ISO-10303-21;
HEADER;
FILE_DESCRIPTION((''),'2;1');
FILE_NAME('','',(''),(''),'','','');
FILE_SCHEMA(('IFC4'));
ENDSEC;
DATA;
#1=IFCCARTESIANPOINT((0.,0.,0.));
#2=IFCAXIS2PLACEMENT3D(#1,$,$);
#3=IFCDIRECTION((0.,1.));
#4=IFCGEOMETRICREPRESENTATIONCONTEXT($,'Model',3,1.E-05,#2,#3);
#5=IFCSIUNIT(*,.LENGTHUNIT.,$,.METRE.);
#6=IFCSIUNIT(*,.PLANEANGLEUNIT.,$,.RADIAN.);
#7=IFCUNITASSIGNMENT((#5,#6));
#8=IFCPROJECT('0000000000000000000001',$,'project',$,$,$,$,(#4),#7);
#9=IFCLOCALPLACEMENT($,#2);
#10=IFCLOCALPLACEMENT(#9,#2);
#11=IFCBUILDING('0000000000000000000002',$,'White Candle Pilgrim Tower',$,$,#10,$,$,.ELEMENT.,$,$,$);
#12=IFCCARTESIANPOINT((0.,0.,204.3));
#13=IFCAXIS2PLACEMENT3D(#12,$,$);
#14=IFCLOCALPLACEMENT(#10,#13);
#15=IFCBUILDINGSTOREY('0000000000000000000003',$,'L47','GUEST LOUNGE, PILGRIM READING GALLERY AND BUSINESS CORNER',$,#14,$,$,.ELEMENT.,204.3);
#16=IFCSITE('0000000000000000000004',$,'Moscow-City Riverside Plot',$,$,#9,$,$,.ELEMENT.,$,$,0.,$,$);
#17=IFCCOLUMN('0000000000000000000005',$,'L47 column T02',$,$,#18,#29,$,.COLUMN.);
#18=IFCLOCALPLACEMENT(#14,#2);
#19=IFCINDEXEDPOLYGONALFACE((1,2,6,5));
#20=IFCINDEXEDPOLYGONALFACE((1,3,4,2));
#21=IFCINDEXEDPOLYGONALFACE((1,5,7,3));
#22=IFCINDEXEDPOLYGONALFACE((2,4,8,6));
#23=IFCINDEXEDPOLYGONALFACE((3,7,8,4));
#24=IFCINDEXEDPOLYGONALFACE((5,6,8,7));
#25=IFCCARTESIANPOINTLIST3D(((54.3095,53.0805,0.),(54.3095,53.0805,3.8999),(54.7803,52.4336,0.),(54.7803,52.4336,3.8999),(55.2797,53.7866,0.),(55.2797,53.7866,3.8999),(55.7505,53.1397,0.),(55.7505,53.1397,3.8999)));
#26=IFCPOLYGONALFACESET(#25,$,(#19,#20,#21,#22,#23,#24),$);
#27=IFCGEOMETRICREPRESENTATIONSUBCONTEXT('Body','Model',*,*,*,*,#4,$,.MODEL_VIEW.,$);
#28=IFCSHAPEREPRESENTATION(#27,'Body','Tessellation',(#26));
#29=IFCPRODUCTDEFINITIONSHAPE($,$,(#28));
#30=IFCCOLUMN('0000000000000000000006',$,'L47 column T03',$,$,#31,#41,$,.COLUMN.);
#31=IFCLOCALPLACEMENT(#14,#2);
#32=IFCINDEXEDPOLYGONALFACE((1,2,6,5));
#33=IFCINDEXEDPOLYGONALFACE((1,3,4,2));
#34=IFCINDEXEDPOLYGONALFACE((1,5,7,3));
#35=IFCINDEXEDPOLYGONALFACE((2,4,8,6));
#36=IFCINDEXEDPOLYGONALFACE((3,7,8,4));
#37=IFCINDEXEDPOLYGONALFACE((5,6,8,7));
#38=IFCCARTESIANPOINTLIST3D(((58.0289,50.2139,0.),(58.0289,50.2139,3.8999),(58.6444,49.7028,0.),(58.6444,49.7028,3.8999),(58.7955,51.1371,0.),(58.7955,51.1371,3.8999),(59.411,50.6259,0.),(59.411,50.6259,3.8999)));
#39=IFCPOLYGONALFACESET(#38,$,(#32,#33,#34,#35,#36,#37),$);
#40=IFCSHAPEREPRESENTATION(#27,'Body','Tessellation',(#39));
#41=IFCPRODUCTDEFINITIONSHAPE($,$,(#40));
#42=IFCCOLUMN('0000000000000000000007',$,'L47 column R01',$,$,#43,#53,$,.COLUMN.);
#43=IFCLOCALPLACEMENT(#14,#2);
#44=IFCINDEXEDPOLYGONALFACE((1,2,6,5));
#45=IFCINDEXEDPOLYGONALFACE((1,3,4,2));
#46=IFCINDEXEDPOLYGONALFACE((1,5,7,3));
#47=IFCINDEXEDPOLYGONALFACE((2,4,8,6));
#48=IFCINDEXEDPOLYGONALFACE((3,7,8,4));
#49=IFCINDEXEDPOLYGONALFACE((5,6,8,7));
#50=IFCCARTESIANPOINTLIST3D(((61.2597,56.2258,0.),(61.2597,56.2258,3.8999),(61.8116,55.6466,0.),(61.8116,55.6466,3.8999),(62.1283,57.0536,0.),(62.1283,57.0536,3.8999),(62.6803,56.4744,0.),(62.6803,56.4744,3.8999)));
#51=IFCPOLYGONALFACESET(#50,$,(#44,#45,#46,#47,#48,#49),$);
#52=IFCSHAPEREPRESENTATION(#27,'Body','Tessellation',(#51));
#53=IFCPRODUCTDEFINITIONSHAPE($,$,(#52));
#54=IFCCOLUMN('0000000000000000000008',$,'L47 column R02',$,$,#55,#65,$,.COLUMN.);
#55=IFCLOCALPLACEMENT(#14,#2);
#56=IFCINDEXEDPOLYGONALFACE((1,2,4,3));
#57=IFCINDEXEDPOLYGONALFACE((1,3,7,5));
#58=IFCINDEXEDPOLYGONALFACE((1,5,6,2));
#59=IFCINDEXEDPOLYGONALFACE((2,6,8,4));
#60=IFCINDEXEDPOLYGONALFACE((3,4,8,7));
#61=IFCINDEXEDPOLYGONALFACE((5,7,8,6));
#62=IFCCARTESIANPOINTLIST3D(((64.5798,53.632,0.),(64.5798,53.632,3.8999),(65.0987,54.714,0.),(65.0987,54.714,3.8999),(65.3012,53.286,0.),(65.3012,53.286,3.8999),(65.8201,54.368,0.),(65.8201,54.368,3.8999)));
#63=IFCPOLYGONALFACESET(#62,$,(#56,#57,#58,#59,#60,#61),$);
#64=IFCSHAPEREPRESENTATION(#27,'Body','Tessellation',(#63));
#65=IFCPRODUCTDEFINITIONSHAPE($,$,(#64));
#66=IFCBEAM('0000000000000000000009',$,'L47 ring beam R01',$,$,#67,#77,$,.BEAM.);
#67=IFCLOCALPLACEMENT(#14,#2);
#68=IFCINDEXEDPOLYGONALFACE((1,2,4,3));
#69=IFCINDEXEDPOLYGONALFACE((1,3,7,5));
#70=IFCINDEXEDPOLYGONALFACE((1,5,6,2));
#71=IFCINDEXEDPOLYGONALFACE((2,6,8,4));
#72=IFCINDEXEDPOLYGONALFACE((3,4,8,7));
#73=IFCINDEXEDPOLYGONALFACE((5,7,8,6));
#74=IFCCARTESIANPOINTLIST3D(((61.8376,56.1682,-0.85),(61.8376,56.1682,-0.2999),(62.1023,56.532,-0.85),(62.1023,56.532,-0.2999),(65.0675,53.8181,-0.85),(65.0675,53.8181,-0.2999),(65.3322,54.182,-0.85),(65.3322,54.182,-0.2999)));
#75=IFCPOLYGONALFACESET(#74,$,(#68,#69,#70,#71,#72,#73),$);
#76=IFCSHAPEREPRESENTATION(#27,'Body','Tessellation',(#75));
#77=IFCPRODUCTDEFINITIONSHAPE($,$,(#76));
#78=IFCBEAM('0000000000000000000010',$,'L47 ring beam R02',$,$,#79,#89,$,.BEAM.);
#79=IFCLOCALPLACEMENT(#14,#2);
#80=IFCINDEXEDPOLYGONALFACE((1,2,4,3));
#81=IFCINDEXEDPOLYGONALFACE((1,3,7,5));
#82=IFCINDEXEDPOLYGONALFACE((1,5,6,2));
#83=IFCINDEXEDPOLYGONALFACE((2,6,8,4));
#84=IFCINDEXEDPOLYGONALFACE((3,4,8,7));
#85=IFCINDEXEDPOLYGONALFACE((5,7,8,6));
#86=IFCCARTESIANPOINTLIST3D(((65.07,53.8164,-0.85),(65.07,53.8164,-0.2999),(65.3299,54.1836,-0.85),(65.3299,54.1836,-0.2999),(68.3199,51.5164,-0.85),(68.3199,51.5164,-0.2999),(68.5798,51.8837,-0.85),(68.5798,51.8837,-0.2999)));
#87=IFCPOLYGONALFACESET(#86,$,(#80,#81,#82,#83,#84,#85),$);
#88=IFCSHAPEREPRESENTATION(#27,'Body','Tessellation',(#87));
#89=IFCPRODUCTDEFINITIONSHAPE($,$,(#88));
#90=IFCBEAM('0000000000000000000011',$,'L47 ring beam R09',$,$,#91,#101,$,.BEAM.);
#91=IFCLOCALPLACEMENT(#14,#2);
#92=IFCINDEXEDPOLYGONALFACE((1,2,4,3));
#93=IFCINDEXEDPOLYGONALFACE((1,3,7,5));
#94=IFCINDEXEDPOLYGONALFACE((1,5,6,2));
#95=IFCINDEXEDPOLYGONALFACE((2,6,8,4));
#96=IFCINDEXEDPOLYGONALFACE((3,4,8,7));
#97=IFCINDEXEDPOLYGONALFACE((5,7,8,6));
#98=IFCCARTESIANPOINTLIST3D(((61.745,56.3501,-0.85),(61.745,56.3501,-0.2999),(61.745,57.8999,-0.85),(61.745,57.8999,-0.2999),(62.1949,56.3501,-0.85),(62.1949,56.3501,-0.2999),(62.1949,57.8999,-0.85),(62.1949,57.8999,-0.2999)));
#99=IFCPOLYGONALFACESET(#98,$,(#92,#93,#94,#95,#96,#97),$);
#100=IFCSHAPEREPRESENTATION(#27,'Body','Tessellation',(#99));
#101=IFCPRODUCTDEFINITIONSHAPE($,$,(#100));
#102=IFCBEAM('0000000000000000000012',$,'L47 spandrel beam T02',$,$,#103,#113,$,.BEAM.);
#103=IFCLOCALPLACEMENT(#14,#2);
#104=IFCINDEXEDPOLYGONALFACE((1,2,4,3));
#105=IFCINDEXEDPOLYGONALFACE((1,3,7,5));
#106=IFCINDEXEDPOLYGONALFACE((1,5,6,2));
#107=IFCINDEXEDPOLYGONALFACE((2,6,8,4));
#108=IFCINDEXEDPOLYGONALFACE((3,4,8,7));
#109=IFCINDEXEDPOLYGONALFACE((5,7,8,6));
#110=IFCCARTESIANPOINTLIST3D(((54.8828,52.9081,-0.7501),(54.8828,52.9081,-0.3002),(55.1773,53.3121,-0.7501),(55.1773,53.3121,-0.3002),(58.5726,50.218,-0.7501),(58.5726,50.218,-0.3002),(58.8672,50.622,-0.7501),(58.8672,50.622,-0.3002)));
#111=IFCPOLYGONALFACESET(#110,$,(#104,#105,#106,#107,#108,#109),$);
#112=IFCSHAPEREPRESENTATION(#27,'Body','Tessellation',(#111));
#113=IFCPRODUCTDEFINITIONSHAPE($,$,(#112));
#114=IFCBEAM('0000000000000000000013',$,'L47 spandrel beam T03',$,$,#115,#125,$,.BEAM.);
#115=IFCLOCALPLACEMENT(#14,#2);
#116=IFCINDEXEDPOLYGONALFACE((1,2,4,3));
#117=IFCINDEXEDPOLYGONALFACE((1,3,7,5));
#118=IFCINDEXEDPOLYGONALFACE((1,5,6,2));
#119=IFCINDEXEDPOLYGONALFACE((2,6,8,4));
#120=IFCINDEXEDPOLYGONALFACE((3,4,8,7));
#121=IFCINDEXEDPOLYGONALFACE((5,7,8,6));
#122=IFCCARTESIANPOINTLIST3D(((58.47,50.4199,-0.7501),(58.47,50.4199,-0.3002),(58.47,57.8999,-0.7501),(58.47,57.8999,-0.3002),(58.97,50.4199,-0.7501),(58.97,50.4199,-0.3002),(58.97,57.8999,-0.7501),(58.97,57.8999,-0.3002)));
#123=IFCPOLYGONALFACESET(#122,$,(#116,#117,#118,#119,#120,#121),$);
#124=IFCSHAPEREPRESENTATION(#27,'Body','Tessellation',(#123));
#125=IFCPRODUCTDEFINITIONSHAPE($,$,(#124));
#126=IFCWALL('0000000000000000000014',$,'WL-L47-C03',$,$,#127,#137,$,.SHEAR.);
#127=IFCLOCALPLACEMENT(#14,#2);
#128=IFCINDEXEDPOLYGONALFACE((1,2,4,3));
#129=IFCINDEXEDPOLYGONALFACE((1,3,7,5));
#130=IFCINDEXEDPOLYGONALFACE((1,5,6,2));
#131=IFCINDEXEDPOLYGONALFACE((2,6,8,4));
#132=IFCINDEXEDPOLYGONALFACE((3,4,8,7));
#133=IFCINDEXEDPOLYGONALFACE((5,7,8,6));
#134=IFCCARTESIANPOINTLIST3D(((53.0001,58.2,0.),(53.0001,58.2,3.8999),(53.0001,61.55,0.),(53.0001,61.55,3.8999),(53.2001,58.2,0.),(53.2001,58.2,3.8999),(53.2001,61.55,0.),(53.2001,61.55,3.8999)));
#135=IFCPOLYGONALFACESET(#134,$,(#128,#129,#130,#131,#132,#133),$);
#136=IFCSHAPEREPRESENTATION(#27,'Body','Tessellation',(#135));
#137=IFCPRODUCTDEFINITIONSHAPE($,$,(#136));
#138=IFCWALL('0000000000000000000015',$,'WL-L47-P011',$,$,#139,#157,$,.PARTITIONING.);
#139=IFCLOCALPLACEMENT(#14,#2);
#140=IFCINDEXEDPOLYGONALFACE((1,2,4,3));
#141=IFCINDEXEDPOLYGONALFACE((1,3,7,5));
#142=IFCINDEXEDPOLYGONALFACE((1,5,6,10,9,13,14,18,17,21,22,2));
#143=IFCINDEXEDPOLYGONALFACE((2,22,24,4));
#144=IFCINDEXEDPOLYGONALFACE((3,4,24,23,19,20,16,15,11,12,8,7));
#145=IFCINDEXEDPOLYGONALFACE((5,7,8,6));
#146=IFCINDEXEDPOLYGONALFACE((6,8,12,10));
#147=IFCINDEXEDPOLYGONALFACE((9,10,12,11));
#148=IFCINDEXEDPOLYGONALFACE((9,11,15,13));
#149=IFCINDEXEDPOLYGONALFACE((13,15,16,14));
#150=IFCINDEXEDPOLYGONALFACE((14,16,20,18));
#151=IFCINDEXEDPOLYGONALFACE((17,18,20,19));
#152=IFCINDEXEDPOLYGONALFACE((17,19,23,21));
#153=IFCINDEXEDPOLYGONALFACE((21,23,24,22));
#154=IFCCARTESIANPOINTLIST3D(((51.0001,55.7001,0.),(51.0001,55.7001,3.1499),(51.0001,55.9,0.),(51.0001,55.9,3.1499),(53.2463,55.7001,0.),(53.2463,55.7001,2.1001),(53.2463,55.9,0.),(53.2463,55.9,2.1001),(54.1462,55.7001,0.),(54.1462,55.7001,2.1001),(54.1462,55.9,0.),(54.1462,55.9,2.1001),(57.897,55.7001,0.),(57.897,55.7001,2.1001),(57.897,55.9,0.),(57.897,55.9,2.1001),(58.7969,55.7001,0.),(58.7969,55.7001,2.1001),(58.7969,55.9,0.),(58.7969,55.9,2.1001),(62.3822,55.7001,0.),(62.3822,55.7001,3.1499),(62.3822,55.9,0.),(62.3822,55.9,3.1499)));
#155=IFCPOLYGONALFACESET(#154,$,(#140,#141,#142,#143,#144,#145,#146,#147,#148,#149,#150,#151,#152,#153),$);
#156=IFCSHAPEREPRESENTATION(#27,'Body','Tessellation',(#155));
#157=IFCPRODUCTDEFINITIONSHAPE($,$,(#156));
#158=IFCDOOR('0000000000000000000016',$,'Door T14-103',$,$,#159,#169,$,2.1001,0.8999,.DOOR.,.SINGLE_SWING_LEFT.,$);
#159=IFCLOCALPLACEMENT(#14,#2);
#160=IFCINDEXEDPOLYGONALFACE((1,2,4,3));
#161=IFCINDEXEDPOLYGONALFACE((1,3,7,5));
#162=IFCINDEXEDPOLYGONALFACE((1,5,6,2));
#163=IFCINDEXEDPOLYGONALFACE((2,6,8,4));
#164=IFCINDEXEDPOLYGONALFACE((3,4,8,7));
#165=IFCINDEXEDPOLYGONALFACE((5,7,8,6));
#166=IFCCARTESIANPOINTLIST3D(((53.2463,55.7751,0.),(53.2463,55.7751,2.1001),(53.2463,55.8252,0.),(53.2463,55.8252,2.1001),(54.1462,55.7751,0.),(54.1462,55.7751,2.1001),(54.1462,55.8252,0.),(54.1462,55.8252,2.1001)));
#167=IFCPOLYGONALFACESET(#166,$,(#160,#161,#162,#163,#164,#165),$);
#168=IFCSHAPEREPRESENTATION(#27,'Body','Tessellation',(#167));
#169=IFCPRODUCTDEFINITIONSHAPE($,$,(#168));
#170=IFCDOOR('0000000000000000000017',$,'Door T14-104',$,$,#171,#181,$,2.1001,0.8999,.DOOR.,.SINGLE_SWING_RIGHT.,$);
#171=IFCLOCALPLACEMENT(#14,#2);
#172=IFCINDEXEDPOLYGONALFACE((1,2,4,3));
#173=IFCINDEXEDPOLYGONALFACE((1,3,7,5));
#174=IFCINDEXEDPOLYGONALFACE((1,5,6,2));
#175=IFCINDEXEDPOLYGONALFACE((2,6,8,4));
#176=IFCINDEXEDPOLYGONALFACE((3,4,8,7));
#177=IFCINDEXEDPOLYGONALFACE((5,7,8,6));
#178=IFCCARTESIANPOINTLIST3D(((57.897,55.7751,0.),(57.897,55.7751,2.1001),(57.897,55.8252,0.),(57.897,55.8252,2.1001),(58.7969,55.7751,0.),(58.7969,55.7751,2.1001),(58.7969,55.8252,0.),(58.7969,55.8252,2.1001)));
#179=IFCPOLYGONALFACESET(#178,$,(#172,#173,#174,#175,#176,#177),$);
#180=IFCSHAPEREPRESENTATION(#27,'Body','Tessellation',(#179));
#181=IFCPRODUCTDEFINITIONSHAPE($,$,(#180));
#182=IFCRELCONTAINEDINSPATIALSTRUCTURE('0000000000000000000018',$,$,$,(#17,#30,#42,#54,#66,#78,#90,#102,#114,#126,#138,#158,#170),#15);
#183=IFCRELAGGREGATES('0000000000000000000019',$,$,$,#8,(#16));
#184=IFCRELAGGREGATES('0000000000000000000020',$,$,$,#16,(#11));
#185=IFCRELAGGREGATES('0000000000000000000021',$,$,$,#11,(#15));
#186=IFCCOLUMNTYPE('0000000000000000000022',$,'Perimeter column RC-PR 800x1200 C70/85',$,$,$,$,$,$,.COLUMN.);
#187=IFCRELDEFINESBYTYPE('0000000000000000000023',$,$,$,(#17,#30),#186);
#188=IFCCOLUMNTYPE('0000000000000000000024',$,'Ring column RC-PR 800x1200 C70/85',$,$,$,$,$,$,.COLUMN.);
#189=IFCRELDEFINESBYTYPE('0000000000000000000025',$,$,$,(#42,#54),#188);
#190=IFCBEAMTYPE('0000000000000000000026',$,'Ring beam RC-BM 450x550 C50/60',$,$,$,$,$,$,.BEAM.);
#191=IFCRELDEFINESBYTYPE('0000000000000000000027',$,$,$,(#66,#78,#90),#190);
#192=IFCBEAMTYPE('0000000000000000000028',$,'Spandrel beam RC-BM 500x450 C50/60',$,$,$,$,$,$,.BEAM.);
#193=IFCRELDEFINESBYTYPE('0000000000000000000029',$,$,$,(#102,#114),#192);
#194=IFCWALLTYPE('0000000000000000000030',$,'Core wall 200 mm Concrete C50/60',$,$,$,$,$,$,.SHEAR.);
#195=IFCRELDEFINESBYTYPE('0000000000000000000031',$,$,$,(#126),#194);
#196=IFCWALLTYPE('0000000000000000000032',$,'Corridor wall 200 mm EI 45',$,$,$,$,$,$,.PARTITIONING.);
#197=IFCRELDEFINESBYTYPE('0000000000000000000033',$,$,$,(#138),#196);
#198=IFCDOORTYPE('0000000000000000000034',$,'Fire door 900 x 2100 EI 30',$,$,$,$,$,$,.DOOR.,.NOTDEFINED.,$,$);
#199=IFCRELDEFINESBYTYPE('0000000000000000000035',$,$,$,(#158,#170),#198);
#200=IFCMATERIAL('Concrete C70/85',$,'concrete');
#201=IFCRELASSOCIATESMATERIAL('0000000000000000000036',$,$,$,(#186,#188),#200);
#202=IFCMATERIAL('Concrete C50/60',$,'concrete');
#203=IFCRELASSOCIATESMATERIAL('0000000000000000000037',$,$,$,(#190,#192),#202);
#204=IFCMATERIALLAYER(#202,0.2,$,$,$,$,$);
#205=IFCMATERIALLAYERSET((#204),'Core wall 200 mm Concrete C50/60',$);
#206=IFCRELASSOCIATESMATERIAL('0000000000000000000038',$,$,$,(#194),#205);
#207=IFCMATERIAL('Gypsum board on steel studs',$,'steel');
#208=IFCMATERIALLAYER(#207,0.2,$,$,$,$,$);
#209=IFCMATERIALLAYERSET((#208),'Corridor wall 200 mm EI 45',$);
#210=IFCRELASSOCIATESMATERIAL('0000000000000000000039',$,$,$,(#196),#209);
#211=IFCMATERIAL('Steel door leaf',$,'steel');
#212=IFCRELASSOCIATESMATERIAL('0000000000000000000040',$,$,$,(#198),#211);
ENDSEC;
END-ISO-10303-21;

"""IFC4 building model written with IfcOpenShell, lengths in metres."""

from ifc_helpers import new_model, si_unit, direction, frame, frame_2d, origin, origin_2d, place, context, subcontext, project, spatial, rectangle, extrude, material, layer, layer_set, material_profile, profile_set, type_object, element, fill, save


model = new_model("IFC4")

# Units and contexts
model_context = context("Model", 3, precision=1e-05, world=origin(), true_north=direction((0.0, 1.0)))
body_context = subcontext(model_context, "Body", "Model", "MODEL_VIEW")
ifc_project = project(units=[si_unit("LENGTHUNIT", "METRE"), si_unit("PLANEANGLEUNIT", "RADIAN")], contexts=[model_context])

# Site, building, storey
site_placement = place(None, origin())
site = spatial("IfcSite", under=ifc_project, at=site_placement, Name="Moscow-City Riverside Plot", CompositionType="ELEMENT", RefElevation=0.0)
building_placement = place(site_placement, origin())
building = spatial("IfcBuilding", under=site, at=building_placement, Name="White Candle Pilgrim Tower", CompositionType="ELEMENT")
storey_placement = place(building_placement, frame((0.0, 0.0, 204.3)))
storey = spatial("IfcBuildingStorey", under=building, at=storey_placement, Name="L47", Description="GUEST LOUNGE, PILGRIM READING GALLERY AND BUSINESS CORNER", CompositionType="ELEMENT", Elevation=204.3)

# Columns
ifc_material_1 = material(Name="Concrete C70/85", Category="concrete")
ifc_material_profile_1 = material_profile(ifc_material_1, rectangle(XDim=0.8, YDim=1.2, at=origin_2d()), Name="RC-PR 800x1200")
ifc_profile_set_1 = profile_set([ifc_material_profile_1], Name="Concrete C70/85")
column_type_1 = type_object("IfcColumnType", Name="Perimeter column RC-PR 800x1200 C70/85", PredefinedType="COLUMN", material=ifc_profile_set_1)
for number, where, z_axis, x_axis, name in (
    (1, (55.03, 53.1101, 0.0), (0.0, 0.0, 1.0), (-0.588463, 0.808524, 0.0), "L47 column T02"),
    (2, (58.72, 50.4199, 0.0), (0.0, 0.0, 1.0), (-0.76931, 0.638875, 0.0), "L47 column T03"),
):
    element("IfcColumn", number, at=place(storey_placement, frame(where, z_axis=z_axis, x_axis=x_axis)), inside=storey, type_object=column_type_1, Name=name, PredefinedType="COLUMN", context=body_context, shape_type="SweptSolid", body=[
        extrude(rectangle(XDim=0.8, YDim=1.2, at=origin_2d()), origin(), (0.0, 0.0, 1.0), 3.8999),
    ])
ifc_material_profile_2 = material_profile(ifc_material_1, rectangle(XDim=0.8, YDim=1.2, at=origin_2d()), Name="RC-PR 800x1200")
ifc_profile_set_2 = profile_set([ifc_material_profile_2], Name="Concrete C70/85")
column_type_2 = type_object("IfcColumnType", Name="Ring column RC-PR 800x1200 C70/85", PredefinedType="COLUMN", material=ifc_profile_set_2)
for number, where, z_axis, x_axis, name in (
    (3, (61.97, 56.3501, 0.0), (0.0, 0.0, 1.0), (-0.689872, 0.723931, 0.0), "L47 column R01"),
    (4, (65.2, 54.0, 0.0), (0.0, 0.0, 1.0), (-0.901689, 0.432385, 0.0), "L47 column R02"),
):
    element("IfcColumn", number, at=place(storey_placement, frame(where, z_axis=z_axis, x_axis=x_axis)), inside=storey, type_object=column_type_2, Name=name, PredefinedType="COLUMN", context=body_context, shape_type="SweptSolid", body=[
        extrude(rectangle(XDim=0.8, YDim=1.2, at=origin_2d()), origin(), (0.0, 0.0, 1.0), 3.8999),
    ])

# Beams
ifc_material_2 = material(Name="Concrete C50/60", Category="concrete")
ifc_material_profile_3 = material_profile(ifc_material_2, rectangle(XDim=0.45, YDim=0.55, at=origin_2d()), Name="RC-BM 450x550")
ifc_profile_set_3 = profile_set([ifc_material_profile_3], Name="Concrete C50/60")
beam_type_1 = type_object("IfcBeamType", Name="Ring beam RC-BM 450x550 C50/60", PredefinedType="BEAM", material=ifc_profile_set_3)
beam_1_placement = place(storey_placement, frame((61.97, 56.3501, -0.575), z_axis=(0.808614, -0.588339, 0.0), x_axis=(0.588339, 0.808614, 0.0)))
element("IfcBeam", 5, at=beam_1_placement, inside=storey, type_object=beam_type_1, Name="L47 ring beam R01", PredefinedType="BEAM", context=body_context, shape_type="SweptSolid", body=[
    extrude(rectangle(XDim=0.45, YDim=0.55, at=origin_2d()), origin(), (0.0, 0.0, 1.0), 3.9944),
])
beam_2_placement = place(storey_placement, frame((65.2, 54.0, -0.575), z_axis=(0.816265, -0.577677, 0.0), x_axis=(0.577677, 0.816265, 0.0)))
element("IfcBeam", 6, at=beam_2_placement, inside=storey, type_object=beam_type_1, Name="L47 ring beam R02", PredefinedType="BEAM", context=body_context, shape_type="SweptSolid", body=[
    extrude(rectangle(XDim=0.45, YDim=0.55, at=origin_2d()), origin(), (0.0, 0.0, 1.0), 3.9814),
])
beam_3_placement = place(storey_placement, frame((61.97, 56.3501, -0.575), z_axis=(0.0, 1.0, 0.0), x_axis=(-1.0, 0.0, 0.0)))
element("IfcBeam", 7, at=beam_3_placement, inside=storey, type_object=beam_type_1, Name="L47 ring beam R09", PredefinedType="BEAM", context=body_context, shape_type="SweptSolid", body=[
    extrude(rectangle(XDim=0.45, YDim=0.55, at=origin_2d()), origin(), (0.0, 0.0, 1.0), 1.5498),
])
ifc_material_profile_4 = material_profile(ifc_material_2, rectangle(XDim=0.5, YDim=0.45, at=origin_2d()), Name="RC-BM 500x450")
ifc_profile_set_4 = profile_set([ifc_material_profile_4], Name="Concrete C50/60")
beam_type_2 = type_object("IfcBeamType", Name="Spandrel beam RC-BM 500x450 C50/60", PredefinedType="BEAM", material=ifc_profile_set_4)
beam_4_placement = place(storey_placement, frame((55.03, 53.1101, -0.5251), z_axis=(0.808049, -0.589115, 0.0), x_axis=(0.589115, 0.808049, 0.0)))
element("IfcBeam", 8, at=beam_4_placement, inside=storey, type_object=beam_type_2, Name="L47 spandrel beam T02", PredefinedType="BEAM", context=body_context, shape_type="SweptSolid", body=[
    extrude(rectangle(XDim=0.5, YDim=0.45, at=origin_2d()), origin(), (0.0, 0.0, 1.0), 4.5664),
])
beam_5_placement = place(storey_placement, frame((58.72, 50.4199, -0.5251), z_axis=(0.0, 1.0, 0.0), x_axis=(-1.0, 0.0, 0.0)))
element("IfcBeam", 9, at=beam_5_placement, inside=storey, type_object=beam_type_2, Name="L47 spandrel beam T03", PredefinedType="BEAM", context=body_context, shape_type="SweptSolid", body=[
    extrude(rectangle(XDim=0.5, YDim=0.45, at=origin_2d()), origin(), (0.0, 0.0, 1.0), 7.48),
])

# Wall
ifc_layer_1 = layer(ifc_material_2, 0.2)
ifc_layer_set_1 = layer_set([ifc_layer_1], Name="Core wall 200 mm Concrete C50/60")
wall_type_1 = type_object("IfcWallType", Name="Core wall 200 mm Concrete C50/60", PredefinedType="SHEAR", material=ifc_layer_set_1)
wall_1_placement = place(storey_placement, frame((53.1001, 58.2, 0.0), z_axis=(0.0, 0.0, 1.0), x_axis=(0.0, 1.0, 0.0)))
element("IfcWall", 10, at=wall_1_placement, inside=storey, type_object=wall_type_1, Name="WL-L47-C03", PredefinedType="SHEAR", context=body_context, shape_type="SweptSolid", body=[
    extrude(rectangle(XDim=3.3501, YDim=0.2, at=frame_2d((1.675, 0.0))), origin(), (0.0, 0.0, 1.0), 3.8999),
])

# Wall, openings, doors
ifc_material_3 = material(Name="Gypsum board on steel studs", Category="steel")
ifc_layer_2 = layer(ifc_material_3, 0.2)
ifc_layer_set_2 = layer_set([ifc_layer_2], Name="Corridor wall 200 mm EI 45")
wall_type_2 = type_object("IfcWallType", Name="Corridor wall 200 mm EI 45", PredefinedType="PARTITIONING", material=ifc_layer_set_2)
wall_2_placement = place(storey_placement, frame((62.3821, 55.8, 0.0), z_axis=(0.0, 0.0, 1.0), x_axis=(-1.0, 0.0, 0.0)))
wall_2 = element("IfcWall", 11, at=wall_2_placement, inside=storey, type_object=wall_type_2, Name="WL-L47-P011", PredefinedType="PARTITIONING", context=body_context, shape_type="SweptSolid", body=[
    extrude(rectangle(XDim=11.3821, YDim=0.2, at=frame_2d((5.6909, 0.0))), origin(), (0.0, 0.0, 1.0), 3.1499),
])
opening_1_placement = place(wall_2_placement, frame((8.2358, 0.0, 0.0)))
opening_1 = element("IfcOpeningElement", 12, at=opening_1_placement, cuts=wall_2, PredefinedType="OPENING", context=body_context, shape_type="SweptSolid", body=[
    extrude(rectangle(XDim=0.8999, YDim=2.1001, at=frame_2d((0.45, 1.05))), frame((0.0, 0.1099, 0.0), z_axis=(0.0, -1.0, 0.0), x_axis=(1.0, 0.0, 0.0)), (0.0, 0.0, 1.0), 0.22),
])
opening_2_placement = place(wall_2_placement, frame((3.5852, 0.0, 0.0)))
opening_2 = element("IfcOpeningElement", 13, at=opening_2_placement, cuts=wall_2, PredefinedType="OPENING", context=body_context, shape_type="SweptSolid", body=[
    extrude(rectangle(XDim=0.8999, YDim=2.1001, at=frame_2d((0.45, 1.05))), frame((0.0, 0.1099, 0.0), z_axis=(0.0, -1.0, 0.0), x_axis=(1.0, 0.0, 0.0)), (0.0, 0.0, 1.0), 0.22),
])
ifc_material_4 = material(Name="Steel door leaf", Category="steel")
door_type_1 = type_object("IfcDoorType", Name="Fire door 900 x 2100 EI 30", OperationType="NOTDEFINED", PredefinedType="DOOR", material=ifc_material_4)
door_1_placement = place(opening_1_placement, origin())
door_1 = element("IfcDoor", 14, at=door_1_placement, inside=storey, type_object=door_type_1, Name="Door T14-103", OperationType="SINGLE_SWING_LEFT", OverallHeight=2.1001, OverallWidth=0.8999, PredefinedType="DOOR", context=body_context, shape_type="SweptSolid", body=[
    extrude(rectangle(XDim=0.8999, YDim=2.1001, at=frame_2d((0.45, 1.05))), frame((0.0, 0.0249, 0.0), z_axis=(0.0, -1.0, 0.0), x_axis=(1.0, 0.0, 0.0)), (0.0, 0.0, 1.0), 0.05),
])
fill(opening_1, door_1)
door_2_placement = place(opening_2_placement, origin())
door_2 = element("IfcDoor", 15, at=door_2_placement, inside=storey, type_object=door_type_1, Name="Door T14-104", OperationType="SINGLE_SWING_RIGHT", OverallHeight=2.1001, OverallWidth=0.8999, PredefinedType="DOOR", context=body_context, shape_type="SweptSolid", body=[
    extrude(rectangle(XDim=0.8999, YDim=2.1001, at=frame_2d((0.45, 1.05))), frame((0.0, 0.0249, 0.0), z_axis=(0.0, -1.0, 0.0), x_axis=(1.0, 0.0, 0.0)), (0.0, 0.0, 1.0), 0.05),
])
fill(opening_2, door_2)

save(model, "model.ifc")
